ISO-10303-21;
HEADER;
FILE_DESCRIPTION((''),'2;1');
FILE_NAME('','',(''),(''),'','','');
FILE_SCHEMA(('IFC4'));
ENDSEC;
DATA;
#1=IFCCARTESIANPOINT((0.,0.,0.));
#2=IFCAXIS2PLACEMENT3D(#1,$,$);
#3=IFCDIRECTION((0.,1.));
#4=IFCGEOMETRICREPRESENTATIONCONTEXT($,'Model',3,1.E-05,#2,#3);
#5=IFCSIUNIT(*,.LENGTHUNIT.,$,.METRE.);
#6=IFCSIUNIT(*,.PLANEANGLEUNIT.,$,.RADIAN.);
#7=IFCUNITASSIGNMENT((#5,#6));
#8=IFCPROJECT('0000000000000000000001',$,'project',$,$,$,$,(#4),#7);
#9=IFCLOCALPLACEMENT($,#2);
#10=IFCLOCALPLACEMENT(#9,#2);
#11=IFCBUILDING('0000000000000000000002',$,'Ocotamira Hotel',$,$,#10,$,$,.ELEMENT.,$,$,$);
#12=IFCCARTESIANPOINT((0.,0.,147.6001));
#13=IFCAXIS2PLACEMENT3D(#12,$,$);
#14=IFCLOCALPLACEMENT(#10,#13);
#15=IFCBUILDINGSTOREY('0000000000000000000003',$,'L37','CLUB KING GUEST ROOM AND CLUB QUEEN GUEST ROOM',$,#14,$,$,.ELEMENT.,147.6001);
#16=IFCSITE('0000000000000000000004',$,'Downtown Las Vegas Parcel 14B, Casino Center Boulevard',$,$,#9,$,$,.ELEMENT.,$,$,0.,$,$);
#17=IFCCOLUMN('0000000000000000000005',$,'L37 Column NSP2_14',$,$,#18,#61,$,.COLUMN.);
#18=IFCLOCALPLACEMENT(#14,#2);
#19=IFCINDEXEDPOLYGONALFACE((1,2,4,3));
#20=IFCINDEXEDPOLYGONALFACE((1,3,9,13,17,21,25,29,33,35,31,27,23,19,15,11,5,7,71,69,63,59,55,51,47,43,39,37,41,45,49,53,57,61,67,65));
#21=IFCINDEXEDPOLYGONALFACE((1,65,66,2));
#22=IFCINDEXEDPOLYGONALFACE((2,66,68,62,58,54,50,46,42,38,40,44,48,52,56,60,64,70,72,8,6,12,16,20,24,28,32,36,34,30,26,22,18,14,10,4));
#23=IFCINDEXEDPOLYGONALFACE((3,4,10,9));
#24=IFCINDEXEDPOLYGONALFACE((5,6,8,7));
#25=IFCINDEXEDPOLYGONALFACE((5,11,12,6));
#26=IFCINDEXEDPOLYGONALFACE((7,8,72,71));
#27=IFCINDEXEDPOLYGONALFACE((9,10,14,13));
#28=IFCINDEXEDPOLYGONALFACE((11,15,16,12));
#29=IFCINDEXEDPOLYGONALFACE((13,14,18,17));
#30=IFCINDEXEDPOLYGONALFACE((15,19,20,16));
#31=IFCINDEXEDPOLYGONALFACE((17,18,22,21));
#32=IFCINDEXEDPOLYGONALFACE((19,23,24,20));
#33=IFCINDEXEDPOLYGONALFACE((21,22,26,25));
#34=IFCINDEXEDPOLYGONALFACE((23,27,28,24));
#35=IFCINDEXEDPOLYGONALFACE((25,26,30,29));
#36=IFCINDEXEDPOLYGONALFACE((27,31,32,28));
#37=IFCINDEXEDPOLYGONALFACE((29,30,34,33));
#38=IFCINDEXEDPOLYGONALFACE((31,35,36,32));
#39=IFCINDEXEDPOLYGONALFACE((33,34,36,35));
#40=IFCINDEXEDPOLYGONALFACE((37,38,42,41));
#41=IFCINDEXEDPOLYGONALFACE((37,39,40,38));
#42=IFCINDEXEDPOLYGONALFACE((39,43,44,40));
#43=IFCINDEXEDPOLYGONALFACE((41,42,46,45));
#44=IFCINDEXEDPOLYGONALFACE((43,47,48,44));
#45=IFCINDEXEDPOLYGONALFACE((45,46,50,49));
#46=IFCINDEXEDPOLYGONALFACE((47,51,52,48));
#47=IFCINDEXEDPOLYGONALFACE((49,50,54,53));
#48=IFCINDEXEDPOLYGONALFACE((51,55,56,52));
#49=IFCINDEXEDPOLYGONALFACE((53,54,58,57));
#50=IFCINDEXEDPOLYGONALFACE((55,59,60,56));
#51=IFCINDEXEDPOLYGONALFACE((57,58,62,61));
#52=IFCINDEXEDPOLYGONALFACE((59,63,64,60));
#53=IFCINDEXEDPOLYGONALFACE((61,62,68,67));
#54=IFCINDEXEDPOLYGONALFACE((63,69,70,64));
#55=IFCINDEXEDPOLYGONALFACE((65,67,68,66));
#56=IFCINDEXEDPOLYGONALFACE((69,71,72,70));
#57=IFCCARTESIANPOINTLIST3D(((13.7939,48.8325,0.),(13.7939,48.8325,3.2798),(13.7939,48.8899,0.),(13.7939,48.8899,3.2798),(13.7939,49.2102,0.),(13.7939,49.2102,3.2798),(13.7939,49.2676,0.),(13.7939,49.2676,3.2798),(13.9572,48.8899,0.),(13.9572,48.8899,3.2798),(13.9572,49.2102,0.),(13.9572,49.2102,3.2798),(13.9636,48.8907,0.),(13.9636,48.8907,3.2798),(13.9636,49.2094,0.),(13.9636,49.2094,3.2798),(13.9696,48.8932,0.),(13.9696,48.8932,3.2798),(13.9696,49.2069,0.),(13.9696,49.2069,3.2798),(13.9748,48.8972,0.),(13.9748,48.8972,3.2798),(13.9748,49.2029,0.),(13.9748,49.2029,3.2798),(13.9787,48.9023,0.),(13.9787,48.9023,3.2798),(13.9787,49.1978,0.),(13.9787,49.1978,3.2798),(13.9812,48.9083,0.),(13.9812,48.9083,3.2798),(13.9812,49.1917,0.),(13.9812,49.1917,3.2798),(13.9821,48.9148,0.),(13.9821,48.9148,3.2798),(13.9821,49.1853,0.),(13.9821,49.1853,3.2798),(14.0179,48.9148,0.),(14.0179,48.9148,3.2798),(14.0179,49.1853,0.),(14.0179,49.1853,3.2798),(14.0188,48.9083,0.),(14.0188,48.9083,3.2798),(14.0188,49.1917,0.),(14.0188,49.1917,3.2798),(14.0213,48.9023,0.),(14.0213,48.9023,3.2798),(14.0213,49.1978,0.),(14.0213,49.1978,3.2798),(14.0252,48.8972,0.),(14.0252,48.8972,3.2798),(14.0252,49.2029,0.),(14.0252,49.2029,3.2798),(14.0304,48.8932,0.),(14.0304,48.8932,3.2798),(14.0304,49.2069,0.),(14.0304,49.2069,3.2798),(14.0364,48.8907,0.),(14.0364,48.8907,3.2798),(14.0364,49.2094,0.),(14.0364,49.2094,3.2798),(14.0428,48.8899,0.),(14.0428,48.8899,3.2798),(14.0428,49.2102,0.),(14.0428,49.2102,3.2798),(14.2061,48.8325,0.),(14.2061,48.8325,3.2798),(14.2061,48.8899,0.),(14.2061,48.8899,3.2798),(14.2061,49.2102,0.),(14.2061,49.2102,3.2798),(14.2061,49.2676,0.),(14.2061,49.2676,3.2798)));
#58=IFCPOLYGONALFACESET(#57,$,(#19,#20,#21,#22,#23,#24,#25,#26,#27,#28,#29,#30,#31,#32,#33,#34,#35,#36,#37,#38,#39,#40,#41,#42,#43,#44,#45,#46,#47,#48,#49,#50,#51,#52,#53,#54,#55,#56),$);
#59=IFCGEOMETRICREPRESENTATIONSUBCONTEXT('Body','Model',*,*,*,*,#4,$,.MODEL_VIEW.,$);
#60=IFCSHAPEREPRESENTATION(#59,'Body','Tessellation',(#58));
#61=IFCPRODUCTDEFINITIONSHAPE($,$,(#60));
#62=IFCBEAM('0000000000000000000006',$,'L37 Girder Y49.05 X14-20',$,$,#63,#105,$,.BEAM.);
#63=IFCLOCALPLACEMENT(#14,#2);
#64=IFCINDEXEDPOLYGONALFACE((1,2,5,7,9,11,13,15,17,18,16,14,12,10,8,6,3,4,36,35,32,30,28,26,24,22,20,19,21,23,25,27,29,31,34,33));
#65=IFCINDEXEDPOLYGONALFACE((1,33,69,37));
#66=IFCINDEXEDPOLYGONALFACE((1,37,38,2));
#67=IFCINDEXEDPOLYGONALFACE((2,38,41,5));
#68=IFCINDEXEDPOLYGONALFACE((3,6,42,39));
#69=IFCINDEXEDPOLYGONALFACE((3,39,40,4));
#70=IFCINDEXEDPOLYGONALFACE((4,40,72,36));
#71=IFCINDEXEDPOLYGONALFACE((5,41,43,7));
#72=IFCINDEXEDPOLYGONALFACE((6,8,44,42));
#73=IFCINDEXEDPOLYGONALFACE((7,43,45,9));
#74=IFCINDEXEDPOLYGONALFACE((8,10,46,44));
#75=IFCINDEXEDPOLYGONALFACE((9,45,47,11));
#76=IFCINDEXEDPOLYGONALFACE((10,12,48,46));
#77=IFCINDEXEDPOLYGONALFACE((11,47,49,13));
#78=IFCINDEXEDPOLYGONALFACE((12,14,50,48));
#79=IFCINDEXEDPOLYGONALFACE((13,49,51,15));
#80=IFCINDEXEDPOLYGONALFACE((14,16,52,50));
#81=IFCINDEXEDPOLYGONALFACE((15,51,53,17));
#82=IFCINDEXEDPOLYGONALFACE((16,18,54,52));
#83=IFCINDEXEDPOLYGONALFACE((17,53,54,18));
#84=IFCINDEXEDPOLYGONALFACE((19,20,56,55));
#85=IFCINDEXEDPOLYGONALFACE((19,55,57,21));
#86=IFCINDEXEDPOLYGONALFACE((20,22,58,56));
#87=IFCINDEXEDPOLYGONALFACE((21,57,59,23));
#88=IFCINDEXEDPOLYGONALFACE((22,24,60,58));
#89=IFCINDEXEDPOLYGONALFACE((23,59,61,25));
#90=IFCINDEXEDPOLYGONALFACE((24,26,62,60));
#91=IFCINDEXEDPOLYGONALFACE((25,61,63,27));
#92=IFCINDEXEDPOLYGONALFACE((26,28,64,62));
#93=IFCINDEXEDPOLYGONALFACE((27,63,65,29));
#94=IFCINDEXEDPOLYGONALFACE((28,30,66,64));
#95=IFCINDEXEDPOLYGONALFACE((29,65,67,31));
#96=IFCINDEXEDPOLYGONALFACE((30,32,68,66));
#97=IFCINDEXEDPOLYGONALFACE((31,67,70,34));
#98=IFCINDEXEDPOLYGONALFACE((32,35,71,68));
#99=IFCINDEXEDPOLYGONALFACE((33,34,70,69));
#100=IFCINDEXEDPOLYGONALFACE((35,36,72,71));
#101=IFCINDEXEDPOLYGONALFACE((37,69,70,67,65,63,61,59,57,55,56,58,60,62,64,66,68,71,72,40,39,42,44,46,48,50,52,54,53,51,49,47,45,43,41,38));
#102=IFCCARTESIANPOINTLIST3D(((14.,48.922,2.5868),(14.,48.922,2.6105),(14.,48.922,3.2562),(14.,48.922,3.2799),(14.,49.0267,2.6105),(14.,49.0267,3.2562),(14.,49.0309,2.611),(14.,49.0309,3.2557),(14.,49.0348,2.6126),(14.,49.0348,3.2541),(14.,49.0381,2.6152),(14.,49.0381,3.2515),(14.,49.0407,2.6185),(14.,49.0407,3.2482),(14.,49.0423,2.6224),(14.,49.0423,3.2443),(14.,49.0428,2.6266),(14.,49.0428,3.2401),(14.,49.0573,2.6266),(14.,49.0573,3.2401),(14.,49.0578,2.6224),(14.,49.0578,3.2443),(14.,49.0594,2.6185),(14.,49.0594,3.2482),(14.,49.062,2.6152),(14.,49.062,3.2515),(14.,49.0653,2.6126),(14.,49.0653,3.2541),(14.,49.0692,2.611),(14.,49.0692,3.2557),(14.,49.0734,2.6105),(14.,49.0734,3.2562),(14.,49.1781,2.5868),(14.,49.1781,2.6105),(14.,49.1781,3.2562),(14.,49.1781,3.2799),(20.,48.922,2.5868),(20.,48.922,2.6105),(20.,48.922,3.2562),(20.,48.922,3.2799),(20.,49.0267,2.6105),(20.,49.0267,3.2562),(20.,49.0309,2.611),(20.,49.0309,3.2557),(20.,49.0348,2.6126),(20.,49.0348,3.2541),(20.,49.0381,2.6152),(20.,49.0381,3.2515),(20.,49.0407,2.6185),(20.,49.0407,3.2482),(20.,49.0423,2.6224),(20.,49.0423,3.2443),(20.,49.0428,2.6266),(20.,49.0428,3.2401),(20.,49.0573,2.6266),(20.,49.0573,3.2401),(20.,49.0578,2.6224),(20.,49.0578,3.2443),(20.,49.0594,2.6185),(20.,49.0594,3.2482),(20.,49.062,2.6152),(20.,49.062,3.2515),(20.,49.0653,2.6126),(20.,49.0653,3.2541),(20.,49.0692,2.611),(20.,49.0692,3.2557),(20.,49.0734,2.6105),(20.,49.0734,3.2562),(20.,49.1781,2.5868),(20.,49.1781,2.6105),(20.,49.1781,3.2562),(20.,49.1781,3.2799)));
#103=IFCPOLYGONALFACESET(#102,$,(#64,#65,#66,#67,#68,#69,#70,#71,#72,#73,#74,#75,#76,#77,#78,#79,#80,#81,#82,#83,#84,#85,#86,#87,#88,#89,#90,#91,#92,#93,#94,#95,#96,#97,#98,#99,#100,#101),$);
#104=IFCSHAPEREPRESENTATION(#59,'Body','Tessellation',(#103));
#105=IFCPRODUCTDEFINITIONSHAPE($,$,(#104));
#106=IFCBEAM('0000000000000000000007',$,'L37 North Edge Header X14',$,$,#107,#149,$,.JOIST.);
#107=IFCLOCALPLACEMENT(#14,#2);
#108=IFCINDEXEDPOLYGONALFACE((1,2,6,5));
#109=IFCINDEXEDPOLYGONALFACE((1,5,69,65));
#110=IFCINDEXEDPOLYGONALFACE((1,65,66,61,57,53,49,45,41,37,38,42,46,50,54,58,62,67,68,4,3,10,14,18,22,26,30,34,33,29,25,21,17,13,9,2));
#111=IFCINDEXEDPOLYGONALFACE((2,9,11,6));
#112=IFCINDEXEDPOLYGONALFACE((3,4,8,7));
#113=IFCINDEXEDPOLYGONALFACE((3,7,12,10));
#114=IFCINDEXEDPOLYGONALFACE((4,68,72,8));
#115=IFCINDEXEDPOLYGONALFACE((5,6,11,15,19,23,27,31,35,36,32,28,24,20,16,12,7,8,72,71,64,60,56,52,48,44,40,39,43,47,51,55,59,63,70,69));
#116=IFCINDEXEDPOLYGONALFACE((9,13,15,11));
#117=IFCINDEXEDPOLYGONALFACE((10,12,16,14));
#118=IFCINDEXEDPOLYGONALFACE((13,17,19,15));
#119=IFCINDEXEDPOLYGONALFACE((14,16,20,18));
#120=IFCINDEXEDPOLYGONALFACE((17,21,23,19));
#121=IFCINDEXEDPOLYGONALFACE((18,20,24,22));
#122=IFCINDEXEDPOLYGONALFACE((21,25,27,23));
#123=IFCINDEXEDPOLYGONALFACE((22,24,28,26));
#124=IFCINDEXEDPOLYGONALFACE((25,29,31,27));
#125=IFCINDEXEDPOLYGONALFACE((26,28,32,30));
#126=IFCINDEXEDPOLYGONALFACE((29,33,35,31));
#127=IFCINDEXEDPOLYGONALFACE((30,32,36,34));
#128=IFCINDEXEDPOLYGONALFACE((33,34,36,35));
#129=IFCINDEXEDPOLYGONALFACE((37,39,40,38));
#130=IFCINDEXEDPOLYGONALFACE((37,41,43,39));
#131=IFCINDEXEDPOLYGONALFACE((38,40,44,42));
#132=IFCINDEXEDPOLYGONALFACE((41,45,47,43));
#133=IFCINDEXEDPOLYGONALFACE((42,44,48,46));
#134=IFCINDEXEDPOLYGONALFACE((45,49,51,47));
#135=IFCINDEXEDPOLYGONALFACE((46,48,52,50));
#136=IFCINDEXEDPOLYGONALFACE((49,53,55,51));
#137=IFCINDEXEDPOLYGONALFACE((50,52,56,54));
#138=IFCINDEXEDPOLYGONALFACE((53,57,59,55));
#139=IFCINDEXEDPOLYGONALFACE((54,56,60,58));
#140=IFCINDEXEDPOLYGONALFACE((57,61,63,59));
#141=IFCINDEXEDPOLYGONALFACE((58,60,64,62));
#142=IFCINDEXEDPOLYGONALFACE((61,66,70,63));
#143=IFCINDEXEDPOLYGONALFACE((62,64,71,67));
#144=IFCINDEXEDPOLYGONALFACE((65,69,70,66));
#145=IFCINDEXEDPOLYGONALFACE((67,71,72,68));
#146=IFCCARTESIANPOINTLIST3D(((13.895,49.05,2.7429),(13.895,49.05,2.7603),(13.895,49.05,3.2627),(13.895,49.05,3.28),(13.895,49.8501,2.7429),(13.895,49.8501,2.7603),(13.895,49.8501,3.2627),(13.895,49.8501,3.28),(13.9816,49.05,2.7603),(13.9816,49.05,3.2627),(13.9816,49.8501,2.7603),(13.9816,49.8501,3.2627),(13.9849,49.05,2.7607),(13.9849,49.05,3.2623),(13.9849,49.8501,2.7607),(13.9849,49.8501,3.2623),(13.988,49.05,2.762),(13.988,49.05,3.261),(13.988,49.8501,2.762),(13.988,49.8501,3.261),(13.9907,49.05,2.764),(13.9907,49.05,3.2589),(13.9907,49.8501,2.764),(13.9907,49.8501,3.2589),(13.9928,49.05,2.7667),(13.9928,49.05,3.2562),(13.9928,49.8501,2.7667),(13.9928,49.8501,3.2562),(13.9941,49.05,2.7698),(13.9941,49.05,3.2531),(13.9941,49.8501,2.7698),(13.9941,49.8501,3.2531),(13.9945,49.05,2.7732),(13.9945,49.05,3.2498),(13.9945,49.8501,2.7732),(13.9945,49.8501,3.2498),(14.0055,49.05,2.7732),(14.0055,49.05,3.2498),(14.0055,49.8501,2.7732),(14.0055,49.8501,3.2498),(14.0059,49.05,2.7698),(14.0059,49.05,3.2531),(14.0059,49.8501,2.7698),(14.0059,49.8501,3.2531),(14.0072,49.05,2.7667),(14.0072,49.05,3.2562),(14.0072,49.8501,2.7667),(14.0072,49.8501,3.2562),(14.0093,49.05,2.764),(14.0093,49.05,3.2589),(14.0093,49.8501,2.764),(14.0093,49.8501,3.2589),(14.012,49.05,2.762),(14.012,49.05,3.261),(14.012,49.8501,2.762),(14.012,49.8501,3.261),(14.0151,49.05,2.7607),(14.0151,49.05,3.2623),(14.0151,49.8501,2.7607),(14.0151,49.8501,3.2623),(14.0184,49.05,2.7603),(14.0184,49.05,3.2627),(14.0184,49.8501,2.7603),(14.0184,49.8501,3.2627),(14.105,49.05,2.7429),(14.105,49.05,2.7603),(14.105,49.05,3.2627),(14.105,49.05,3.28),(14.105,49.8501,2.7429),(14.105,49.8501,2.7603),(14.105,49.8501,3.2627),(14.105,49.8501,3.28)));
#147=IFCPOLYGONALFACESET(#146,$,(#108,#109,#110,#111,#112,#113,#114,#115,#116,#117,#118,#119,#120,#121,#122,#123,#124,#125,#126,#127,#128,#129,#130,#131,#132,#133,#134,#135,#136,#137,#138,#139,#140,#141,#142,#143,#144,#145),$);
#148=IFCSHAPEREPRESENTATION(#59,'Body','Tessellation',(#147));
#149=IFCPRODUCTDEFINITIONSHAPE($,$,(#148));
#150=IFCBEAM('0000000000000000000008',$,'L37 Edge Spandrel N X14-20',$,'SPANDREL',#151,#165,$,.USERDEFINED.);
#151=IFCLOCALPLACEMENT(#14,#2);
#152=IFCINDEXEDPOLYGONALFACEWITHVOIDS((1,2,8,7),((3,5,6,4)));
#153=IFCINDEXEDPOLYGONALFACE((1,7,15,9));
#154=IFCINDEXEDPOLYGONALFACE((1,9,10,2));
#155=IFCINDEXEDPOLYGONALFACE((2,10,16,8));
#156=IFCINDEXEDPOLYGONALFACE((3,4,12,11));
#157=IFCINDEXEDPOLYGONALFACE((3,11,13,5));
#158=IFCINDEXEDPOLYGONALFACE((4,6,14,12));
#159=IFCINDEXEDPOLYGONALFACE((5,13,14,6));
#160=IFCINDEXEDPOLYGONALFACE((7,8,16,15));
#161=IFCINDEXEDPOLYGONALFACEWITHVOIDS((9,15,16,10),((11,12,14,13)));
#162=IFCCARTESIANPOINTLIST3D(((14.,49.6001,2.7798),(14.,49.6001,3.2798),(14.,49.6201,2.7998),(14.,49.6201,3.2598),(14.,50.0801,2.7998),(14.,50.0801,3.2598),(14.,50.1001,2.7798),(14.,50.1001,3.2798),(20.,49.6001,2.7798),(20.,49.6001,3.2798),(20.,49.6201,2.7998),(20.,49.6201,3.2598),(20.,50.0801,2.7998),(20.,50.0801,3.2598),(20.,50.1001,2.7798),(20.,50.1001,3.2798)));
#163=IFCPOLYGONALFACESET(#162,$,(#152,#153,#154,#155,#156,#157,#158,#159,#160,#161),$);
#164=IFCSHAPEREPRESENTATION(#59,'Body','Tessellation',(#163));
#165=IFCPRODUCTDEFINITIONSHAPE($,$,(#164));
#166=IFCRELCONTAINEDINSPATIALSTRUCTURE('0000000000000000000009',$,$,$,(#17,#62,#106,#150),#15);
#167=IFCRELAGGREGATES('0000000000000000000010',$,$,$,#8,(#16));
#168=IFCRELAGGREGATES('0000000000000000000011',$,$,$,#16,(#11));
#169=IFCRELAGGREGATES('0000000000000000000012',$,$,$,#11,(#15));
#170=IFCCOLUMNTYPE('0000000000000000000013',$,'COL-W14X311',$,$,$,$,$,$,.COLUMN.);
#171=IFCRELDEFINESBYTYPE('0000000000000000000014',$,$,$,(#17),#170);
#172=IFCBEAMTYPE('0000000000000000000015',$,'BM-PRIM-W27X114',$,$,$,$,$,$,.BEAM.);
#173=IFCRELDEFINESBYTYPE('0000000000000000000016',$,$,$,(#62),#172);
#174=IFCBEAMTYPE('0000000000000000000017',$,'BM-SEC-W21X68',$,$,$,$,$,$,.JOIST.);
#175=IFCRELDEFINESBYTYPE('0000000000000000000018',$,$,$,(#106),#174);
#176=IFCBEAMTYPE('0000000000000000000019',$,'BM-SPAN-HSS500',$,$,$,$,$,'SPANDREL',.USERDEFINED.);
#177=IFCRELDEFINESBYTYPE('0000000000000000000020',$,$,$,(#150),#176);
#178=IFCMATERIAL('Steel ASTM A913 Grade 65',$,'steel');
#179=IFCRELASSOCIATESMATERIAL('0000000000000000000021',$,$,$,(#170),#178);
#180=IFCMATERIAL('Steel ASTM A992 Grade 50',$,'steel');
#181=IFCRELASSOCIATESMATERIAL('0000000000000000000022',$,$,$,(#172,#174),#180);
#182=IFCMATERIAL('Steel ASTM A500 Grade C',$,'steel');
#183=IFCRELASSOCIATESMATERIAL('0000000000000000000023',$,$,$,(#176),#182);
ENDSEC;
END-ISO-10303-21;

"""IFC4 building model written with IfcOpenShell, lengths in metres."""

from ifc_helpers import new_model, si_unit, direction, frame, origin, origin_2d, place, context, subcontext, project, spatial, hollow_rectangle, i_section, extrude, source, transform, mapped, material, material_profile, profile_set, type_object, element, save


model = new_model("IFC4")

# Units and contexts
model_context = context("Model", 3, precision=1e-05, world=origin(), true_north=direction((0.0, 1.0)))
body_context = subcontext(model_context, "Body", "Model", "MODEL_VIEW")
ifc_project = project(units=[si_unit("LENGTHUNIT", "METRE"), si_unit("PLANEANGLEUNIT", "RADIAN")], contexts=[model_context])

# Site, building, storey
site_placement = place(None, origin())
site = spatial("IfcSite", under=ifc_project, at=site_placement, Name="Downtown Las Vegas Parcel 14B, Casino Center Boulevard", CompositionType="ELEMENT", RefElevation=0.0)
building_placement = place(site_placement, origin())
building = spatial("IfcBuilding", under=site, at=building_placement, Name="Ocotamira Hotel", CompositionType="ELEMENT")
storey_placement = place(building_placement, frame((0.0, 0.0, 147.6001)))
storey = spatial("IfcBuildingStorey", under=building, at=storey_placement, Name="L37", Description="CLUB KING GUEST ROOM AND CLUB QUEEN GUEST ROOM", CompositionType="ELEMENT", Elevation=147.6001)

# Column
ifc_material_1 = material(Name="Steel ASTM A913 Grade 65", Category="steel")
ifc_material_profile_1 = material_profile(ifc_material_1, i_section(OverallWidth=0.4121, OverallDepth=0.4351, WebThickness=0.0359, FlangeThickness=0.0574, FilletRadius=0.0249, at=origin_2d()), Name="W14X311")
ifc_profile_set_1 = profile_set([ifc_material_profile_1], Name="Steel ASTM A913 Grade 65")
column_type = type_object("IfcColumnType", Name="COL-W14X311", PredefinedType="COLUMN", material=ifc_profile_set_1)
shared_shape_1 = source(origin(), body_context, "Body", "SweptSolid", [
    extrude(i_section(OverallWidth=0.4121, OverallDepth=0.4351, WebThickness=0.0359, FlangeThickness=0.0574, FilletRadius=0.0249, at=origin_2d()), origin(), (0.0, 0.0, 1.0), 3.2798),
])
column_placement = place(storey_placement, frame((14.0, 49.05, 0.0), z_axis=(0.0, 0.0, 1.0), x_axis=(1.0, 0.0, 0.0)))
element("IfcColumn", 1, at=column_placement, inside=storey, type_object=column_type, Name="L37 Column NSP2_14", PredefinedType="COLUMN", context=body_context, shape_type="MappedRepresentation", body=[
    mapped(shared_shape_1, transform((0.0, 0.0, 0.0), scale=1.0)),
])

# Beams
ifc_material_2 = material(Name="Steel ASTM A992 Grade 50", Category="steel")
ifc_material_profile_2 = material_profile(ifc_material_2, i_section(OverallWidth=0.2561, OverallDepth=0.6931, WebThickness=0.0144, FlangeThickness=0.0237, FilletRadius=0.0161, at=origin_2d()), Name="W27X114")
ifc_profile_set_2 = profile_set([ifc_material_profile_2], Name="Steel ASTM A992 Grade 50")
beam_type_1 = type_object("IfcBeamType", Name="BM-PRIM-W27X114", PredefinedType="BEAM", material=ifc_profile_set_2)
shared_shape_2 = source(origin(), body_context, "Body", "SweptSolid", [
    extrude(i_section(OverallWidth=0.2561, OverallDepth=0.6931, WebThickness=0.0144, FlangeThickness=0.0237, FilletRadius=0.0161, at=origin_2d()), origin(), (0.0, 0.0, 1.0), 6.0),
])
beam_1_placement = place(storey_placement, frame((14.0, 49.05, 2.9333), z_axis=(1.0, 0.0, 0.0), x_axis=(0.0, 1.0, 0.0)))
element("IfcBeam", 2, at=beam_1_placement, inside=storey, type_object=beam_type_1, Name="L37 Girder Y49.05 X14-20", PredefinedType="BEAM", context=body_context, shape_type="MappedRepresentation", body=[
    mapped(shared_shape_2, transform((0.0, 0.0, 0.0), scale=1.0)),
])
ifc_material_profile_3 = material_profile(ifc_material_2, i_section(OverallWidth=0.21, OverallDepth=0.5371, WebThickness=0.011, FlangeThickness=0.0173, FilletRadius=0.0129, at=origin_2d()), Name="W21X68")
ifc_profile_set_3 = profile_set([ifc_material_profile_3], Name="Steel ASTM A992 Grade 50")
beam_type_2 = type_object("IfcBeamType", Name="BM-SEC-W21X68", PredefinedType="JOIST", material=ifc_profile_set_3)
shared_shape_3 = source(origin(), body_context, "Body", "SweptSolid", [
    extrude(i_section(OverallWidth=0.21, OverallDepth=0.5371, WebThickness=0.011, FlangeThickness=0.0173, FilletRadius=0.0129, at=origin_2d()), origin(), (0.0, 0.0, 1.0), 0.8),
])
beam_2_placement = place(storey_placement, frame((14.0, 49.05, 3.0115), z_axis=(0.0, 1.0, 0.0), x_axis=(-1.0, 0.0, 0.0)))
element("IfcBeam", 3, at=beam_2_placement, inside=storey, type_object=beam_type_2, Name="L37 North Edge Header X14", PredefinedType="JOIST", context=body_context, shape_type="MappedRepresentation", body=[
    mapped(shared_shape_3, transform((0.0, 0.0, 0.0), scale=1.0)),
])
ifc_material_3 = material(Name="Steel ASTM A500 Grade C", Category="steel")
ifc_material_profile_4 = material_profile(ifc_material_3, hollow_rectangle(XDim=0.5, YDim=0.5, WallThickness=0.02, at=origin_2d()), Name="HSS500X500X20")
ifc_profile_set_4 = profile_set([ifc_material_profile_4], Name="Steel ASTM A500 Grade C")
beam_type_3 = type_object("IfcBeamType", Name="BM-SPAN-HSS500", ElementType="SPANDREL", PredefinedType="USERDEFINED", material=ifc_profile_set_4)
shared_shape_4 = source(origin(), body_context, "Body", "SweptSolid", [
    extrude(hollow_rectangle(XDim=0.5, YDim=0.5, WallThickness=0.02, at=origin_2d()), origin(), (0.0, 0.0, 1.0), 6.0),
])
beam_3_placement = place(storey_placement, frame((14.0, 49.8501, 3.0298), z_axis=(1.0, 0.0, 0.0), x_axis=(0.0, 1.0, 0.0)))
element("IfcBeam", 4, at=beam_3_placement, inside=storey, type_object=beam_type_3, Name="L37 Edge Spandrel N X14-20", ObjectType="SPANDREL", PredefinedType="USERDEFINED", context=body_context, shape_type="MappedRepresentation", body=[
    mapped(shared_shape_4, transform((0.0, 0.0, 0.0), scale=1.0)),
])

save(model, "model.ifc")
